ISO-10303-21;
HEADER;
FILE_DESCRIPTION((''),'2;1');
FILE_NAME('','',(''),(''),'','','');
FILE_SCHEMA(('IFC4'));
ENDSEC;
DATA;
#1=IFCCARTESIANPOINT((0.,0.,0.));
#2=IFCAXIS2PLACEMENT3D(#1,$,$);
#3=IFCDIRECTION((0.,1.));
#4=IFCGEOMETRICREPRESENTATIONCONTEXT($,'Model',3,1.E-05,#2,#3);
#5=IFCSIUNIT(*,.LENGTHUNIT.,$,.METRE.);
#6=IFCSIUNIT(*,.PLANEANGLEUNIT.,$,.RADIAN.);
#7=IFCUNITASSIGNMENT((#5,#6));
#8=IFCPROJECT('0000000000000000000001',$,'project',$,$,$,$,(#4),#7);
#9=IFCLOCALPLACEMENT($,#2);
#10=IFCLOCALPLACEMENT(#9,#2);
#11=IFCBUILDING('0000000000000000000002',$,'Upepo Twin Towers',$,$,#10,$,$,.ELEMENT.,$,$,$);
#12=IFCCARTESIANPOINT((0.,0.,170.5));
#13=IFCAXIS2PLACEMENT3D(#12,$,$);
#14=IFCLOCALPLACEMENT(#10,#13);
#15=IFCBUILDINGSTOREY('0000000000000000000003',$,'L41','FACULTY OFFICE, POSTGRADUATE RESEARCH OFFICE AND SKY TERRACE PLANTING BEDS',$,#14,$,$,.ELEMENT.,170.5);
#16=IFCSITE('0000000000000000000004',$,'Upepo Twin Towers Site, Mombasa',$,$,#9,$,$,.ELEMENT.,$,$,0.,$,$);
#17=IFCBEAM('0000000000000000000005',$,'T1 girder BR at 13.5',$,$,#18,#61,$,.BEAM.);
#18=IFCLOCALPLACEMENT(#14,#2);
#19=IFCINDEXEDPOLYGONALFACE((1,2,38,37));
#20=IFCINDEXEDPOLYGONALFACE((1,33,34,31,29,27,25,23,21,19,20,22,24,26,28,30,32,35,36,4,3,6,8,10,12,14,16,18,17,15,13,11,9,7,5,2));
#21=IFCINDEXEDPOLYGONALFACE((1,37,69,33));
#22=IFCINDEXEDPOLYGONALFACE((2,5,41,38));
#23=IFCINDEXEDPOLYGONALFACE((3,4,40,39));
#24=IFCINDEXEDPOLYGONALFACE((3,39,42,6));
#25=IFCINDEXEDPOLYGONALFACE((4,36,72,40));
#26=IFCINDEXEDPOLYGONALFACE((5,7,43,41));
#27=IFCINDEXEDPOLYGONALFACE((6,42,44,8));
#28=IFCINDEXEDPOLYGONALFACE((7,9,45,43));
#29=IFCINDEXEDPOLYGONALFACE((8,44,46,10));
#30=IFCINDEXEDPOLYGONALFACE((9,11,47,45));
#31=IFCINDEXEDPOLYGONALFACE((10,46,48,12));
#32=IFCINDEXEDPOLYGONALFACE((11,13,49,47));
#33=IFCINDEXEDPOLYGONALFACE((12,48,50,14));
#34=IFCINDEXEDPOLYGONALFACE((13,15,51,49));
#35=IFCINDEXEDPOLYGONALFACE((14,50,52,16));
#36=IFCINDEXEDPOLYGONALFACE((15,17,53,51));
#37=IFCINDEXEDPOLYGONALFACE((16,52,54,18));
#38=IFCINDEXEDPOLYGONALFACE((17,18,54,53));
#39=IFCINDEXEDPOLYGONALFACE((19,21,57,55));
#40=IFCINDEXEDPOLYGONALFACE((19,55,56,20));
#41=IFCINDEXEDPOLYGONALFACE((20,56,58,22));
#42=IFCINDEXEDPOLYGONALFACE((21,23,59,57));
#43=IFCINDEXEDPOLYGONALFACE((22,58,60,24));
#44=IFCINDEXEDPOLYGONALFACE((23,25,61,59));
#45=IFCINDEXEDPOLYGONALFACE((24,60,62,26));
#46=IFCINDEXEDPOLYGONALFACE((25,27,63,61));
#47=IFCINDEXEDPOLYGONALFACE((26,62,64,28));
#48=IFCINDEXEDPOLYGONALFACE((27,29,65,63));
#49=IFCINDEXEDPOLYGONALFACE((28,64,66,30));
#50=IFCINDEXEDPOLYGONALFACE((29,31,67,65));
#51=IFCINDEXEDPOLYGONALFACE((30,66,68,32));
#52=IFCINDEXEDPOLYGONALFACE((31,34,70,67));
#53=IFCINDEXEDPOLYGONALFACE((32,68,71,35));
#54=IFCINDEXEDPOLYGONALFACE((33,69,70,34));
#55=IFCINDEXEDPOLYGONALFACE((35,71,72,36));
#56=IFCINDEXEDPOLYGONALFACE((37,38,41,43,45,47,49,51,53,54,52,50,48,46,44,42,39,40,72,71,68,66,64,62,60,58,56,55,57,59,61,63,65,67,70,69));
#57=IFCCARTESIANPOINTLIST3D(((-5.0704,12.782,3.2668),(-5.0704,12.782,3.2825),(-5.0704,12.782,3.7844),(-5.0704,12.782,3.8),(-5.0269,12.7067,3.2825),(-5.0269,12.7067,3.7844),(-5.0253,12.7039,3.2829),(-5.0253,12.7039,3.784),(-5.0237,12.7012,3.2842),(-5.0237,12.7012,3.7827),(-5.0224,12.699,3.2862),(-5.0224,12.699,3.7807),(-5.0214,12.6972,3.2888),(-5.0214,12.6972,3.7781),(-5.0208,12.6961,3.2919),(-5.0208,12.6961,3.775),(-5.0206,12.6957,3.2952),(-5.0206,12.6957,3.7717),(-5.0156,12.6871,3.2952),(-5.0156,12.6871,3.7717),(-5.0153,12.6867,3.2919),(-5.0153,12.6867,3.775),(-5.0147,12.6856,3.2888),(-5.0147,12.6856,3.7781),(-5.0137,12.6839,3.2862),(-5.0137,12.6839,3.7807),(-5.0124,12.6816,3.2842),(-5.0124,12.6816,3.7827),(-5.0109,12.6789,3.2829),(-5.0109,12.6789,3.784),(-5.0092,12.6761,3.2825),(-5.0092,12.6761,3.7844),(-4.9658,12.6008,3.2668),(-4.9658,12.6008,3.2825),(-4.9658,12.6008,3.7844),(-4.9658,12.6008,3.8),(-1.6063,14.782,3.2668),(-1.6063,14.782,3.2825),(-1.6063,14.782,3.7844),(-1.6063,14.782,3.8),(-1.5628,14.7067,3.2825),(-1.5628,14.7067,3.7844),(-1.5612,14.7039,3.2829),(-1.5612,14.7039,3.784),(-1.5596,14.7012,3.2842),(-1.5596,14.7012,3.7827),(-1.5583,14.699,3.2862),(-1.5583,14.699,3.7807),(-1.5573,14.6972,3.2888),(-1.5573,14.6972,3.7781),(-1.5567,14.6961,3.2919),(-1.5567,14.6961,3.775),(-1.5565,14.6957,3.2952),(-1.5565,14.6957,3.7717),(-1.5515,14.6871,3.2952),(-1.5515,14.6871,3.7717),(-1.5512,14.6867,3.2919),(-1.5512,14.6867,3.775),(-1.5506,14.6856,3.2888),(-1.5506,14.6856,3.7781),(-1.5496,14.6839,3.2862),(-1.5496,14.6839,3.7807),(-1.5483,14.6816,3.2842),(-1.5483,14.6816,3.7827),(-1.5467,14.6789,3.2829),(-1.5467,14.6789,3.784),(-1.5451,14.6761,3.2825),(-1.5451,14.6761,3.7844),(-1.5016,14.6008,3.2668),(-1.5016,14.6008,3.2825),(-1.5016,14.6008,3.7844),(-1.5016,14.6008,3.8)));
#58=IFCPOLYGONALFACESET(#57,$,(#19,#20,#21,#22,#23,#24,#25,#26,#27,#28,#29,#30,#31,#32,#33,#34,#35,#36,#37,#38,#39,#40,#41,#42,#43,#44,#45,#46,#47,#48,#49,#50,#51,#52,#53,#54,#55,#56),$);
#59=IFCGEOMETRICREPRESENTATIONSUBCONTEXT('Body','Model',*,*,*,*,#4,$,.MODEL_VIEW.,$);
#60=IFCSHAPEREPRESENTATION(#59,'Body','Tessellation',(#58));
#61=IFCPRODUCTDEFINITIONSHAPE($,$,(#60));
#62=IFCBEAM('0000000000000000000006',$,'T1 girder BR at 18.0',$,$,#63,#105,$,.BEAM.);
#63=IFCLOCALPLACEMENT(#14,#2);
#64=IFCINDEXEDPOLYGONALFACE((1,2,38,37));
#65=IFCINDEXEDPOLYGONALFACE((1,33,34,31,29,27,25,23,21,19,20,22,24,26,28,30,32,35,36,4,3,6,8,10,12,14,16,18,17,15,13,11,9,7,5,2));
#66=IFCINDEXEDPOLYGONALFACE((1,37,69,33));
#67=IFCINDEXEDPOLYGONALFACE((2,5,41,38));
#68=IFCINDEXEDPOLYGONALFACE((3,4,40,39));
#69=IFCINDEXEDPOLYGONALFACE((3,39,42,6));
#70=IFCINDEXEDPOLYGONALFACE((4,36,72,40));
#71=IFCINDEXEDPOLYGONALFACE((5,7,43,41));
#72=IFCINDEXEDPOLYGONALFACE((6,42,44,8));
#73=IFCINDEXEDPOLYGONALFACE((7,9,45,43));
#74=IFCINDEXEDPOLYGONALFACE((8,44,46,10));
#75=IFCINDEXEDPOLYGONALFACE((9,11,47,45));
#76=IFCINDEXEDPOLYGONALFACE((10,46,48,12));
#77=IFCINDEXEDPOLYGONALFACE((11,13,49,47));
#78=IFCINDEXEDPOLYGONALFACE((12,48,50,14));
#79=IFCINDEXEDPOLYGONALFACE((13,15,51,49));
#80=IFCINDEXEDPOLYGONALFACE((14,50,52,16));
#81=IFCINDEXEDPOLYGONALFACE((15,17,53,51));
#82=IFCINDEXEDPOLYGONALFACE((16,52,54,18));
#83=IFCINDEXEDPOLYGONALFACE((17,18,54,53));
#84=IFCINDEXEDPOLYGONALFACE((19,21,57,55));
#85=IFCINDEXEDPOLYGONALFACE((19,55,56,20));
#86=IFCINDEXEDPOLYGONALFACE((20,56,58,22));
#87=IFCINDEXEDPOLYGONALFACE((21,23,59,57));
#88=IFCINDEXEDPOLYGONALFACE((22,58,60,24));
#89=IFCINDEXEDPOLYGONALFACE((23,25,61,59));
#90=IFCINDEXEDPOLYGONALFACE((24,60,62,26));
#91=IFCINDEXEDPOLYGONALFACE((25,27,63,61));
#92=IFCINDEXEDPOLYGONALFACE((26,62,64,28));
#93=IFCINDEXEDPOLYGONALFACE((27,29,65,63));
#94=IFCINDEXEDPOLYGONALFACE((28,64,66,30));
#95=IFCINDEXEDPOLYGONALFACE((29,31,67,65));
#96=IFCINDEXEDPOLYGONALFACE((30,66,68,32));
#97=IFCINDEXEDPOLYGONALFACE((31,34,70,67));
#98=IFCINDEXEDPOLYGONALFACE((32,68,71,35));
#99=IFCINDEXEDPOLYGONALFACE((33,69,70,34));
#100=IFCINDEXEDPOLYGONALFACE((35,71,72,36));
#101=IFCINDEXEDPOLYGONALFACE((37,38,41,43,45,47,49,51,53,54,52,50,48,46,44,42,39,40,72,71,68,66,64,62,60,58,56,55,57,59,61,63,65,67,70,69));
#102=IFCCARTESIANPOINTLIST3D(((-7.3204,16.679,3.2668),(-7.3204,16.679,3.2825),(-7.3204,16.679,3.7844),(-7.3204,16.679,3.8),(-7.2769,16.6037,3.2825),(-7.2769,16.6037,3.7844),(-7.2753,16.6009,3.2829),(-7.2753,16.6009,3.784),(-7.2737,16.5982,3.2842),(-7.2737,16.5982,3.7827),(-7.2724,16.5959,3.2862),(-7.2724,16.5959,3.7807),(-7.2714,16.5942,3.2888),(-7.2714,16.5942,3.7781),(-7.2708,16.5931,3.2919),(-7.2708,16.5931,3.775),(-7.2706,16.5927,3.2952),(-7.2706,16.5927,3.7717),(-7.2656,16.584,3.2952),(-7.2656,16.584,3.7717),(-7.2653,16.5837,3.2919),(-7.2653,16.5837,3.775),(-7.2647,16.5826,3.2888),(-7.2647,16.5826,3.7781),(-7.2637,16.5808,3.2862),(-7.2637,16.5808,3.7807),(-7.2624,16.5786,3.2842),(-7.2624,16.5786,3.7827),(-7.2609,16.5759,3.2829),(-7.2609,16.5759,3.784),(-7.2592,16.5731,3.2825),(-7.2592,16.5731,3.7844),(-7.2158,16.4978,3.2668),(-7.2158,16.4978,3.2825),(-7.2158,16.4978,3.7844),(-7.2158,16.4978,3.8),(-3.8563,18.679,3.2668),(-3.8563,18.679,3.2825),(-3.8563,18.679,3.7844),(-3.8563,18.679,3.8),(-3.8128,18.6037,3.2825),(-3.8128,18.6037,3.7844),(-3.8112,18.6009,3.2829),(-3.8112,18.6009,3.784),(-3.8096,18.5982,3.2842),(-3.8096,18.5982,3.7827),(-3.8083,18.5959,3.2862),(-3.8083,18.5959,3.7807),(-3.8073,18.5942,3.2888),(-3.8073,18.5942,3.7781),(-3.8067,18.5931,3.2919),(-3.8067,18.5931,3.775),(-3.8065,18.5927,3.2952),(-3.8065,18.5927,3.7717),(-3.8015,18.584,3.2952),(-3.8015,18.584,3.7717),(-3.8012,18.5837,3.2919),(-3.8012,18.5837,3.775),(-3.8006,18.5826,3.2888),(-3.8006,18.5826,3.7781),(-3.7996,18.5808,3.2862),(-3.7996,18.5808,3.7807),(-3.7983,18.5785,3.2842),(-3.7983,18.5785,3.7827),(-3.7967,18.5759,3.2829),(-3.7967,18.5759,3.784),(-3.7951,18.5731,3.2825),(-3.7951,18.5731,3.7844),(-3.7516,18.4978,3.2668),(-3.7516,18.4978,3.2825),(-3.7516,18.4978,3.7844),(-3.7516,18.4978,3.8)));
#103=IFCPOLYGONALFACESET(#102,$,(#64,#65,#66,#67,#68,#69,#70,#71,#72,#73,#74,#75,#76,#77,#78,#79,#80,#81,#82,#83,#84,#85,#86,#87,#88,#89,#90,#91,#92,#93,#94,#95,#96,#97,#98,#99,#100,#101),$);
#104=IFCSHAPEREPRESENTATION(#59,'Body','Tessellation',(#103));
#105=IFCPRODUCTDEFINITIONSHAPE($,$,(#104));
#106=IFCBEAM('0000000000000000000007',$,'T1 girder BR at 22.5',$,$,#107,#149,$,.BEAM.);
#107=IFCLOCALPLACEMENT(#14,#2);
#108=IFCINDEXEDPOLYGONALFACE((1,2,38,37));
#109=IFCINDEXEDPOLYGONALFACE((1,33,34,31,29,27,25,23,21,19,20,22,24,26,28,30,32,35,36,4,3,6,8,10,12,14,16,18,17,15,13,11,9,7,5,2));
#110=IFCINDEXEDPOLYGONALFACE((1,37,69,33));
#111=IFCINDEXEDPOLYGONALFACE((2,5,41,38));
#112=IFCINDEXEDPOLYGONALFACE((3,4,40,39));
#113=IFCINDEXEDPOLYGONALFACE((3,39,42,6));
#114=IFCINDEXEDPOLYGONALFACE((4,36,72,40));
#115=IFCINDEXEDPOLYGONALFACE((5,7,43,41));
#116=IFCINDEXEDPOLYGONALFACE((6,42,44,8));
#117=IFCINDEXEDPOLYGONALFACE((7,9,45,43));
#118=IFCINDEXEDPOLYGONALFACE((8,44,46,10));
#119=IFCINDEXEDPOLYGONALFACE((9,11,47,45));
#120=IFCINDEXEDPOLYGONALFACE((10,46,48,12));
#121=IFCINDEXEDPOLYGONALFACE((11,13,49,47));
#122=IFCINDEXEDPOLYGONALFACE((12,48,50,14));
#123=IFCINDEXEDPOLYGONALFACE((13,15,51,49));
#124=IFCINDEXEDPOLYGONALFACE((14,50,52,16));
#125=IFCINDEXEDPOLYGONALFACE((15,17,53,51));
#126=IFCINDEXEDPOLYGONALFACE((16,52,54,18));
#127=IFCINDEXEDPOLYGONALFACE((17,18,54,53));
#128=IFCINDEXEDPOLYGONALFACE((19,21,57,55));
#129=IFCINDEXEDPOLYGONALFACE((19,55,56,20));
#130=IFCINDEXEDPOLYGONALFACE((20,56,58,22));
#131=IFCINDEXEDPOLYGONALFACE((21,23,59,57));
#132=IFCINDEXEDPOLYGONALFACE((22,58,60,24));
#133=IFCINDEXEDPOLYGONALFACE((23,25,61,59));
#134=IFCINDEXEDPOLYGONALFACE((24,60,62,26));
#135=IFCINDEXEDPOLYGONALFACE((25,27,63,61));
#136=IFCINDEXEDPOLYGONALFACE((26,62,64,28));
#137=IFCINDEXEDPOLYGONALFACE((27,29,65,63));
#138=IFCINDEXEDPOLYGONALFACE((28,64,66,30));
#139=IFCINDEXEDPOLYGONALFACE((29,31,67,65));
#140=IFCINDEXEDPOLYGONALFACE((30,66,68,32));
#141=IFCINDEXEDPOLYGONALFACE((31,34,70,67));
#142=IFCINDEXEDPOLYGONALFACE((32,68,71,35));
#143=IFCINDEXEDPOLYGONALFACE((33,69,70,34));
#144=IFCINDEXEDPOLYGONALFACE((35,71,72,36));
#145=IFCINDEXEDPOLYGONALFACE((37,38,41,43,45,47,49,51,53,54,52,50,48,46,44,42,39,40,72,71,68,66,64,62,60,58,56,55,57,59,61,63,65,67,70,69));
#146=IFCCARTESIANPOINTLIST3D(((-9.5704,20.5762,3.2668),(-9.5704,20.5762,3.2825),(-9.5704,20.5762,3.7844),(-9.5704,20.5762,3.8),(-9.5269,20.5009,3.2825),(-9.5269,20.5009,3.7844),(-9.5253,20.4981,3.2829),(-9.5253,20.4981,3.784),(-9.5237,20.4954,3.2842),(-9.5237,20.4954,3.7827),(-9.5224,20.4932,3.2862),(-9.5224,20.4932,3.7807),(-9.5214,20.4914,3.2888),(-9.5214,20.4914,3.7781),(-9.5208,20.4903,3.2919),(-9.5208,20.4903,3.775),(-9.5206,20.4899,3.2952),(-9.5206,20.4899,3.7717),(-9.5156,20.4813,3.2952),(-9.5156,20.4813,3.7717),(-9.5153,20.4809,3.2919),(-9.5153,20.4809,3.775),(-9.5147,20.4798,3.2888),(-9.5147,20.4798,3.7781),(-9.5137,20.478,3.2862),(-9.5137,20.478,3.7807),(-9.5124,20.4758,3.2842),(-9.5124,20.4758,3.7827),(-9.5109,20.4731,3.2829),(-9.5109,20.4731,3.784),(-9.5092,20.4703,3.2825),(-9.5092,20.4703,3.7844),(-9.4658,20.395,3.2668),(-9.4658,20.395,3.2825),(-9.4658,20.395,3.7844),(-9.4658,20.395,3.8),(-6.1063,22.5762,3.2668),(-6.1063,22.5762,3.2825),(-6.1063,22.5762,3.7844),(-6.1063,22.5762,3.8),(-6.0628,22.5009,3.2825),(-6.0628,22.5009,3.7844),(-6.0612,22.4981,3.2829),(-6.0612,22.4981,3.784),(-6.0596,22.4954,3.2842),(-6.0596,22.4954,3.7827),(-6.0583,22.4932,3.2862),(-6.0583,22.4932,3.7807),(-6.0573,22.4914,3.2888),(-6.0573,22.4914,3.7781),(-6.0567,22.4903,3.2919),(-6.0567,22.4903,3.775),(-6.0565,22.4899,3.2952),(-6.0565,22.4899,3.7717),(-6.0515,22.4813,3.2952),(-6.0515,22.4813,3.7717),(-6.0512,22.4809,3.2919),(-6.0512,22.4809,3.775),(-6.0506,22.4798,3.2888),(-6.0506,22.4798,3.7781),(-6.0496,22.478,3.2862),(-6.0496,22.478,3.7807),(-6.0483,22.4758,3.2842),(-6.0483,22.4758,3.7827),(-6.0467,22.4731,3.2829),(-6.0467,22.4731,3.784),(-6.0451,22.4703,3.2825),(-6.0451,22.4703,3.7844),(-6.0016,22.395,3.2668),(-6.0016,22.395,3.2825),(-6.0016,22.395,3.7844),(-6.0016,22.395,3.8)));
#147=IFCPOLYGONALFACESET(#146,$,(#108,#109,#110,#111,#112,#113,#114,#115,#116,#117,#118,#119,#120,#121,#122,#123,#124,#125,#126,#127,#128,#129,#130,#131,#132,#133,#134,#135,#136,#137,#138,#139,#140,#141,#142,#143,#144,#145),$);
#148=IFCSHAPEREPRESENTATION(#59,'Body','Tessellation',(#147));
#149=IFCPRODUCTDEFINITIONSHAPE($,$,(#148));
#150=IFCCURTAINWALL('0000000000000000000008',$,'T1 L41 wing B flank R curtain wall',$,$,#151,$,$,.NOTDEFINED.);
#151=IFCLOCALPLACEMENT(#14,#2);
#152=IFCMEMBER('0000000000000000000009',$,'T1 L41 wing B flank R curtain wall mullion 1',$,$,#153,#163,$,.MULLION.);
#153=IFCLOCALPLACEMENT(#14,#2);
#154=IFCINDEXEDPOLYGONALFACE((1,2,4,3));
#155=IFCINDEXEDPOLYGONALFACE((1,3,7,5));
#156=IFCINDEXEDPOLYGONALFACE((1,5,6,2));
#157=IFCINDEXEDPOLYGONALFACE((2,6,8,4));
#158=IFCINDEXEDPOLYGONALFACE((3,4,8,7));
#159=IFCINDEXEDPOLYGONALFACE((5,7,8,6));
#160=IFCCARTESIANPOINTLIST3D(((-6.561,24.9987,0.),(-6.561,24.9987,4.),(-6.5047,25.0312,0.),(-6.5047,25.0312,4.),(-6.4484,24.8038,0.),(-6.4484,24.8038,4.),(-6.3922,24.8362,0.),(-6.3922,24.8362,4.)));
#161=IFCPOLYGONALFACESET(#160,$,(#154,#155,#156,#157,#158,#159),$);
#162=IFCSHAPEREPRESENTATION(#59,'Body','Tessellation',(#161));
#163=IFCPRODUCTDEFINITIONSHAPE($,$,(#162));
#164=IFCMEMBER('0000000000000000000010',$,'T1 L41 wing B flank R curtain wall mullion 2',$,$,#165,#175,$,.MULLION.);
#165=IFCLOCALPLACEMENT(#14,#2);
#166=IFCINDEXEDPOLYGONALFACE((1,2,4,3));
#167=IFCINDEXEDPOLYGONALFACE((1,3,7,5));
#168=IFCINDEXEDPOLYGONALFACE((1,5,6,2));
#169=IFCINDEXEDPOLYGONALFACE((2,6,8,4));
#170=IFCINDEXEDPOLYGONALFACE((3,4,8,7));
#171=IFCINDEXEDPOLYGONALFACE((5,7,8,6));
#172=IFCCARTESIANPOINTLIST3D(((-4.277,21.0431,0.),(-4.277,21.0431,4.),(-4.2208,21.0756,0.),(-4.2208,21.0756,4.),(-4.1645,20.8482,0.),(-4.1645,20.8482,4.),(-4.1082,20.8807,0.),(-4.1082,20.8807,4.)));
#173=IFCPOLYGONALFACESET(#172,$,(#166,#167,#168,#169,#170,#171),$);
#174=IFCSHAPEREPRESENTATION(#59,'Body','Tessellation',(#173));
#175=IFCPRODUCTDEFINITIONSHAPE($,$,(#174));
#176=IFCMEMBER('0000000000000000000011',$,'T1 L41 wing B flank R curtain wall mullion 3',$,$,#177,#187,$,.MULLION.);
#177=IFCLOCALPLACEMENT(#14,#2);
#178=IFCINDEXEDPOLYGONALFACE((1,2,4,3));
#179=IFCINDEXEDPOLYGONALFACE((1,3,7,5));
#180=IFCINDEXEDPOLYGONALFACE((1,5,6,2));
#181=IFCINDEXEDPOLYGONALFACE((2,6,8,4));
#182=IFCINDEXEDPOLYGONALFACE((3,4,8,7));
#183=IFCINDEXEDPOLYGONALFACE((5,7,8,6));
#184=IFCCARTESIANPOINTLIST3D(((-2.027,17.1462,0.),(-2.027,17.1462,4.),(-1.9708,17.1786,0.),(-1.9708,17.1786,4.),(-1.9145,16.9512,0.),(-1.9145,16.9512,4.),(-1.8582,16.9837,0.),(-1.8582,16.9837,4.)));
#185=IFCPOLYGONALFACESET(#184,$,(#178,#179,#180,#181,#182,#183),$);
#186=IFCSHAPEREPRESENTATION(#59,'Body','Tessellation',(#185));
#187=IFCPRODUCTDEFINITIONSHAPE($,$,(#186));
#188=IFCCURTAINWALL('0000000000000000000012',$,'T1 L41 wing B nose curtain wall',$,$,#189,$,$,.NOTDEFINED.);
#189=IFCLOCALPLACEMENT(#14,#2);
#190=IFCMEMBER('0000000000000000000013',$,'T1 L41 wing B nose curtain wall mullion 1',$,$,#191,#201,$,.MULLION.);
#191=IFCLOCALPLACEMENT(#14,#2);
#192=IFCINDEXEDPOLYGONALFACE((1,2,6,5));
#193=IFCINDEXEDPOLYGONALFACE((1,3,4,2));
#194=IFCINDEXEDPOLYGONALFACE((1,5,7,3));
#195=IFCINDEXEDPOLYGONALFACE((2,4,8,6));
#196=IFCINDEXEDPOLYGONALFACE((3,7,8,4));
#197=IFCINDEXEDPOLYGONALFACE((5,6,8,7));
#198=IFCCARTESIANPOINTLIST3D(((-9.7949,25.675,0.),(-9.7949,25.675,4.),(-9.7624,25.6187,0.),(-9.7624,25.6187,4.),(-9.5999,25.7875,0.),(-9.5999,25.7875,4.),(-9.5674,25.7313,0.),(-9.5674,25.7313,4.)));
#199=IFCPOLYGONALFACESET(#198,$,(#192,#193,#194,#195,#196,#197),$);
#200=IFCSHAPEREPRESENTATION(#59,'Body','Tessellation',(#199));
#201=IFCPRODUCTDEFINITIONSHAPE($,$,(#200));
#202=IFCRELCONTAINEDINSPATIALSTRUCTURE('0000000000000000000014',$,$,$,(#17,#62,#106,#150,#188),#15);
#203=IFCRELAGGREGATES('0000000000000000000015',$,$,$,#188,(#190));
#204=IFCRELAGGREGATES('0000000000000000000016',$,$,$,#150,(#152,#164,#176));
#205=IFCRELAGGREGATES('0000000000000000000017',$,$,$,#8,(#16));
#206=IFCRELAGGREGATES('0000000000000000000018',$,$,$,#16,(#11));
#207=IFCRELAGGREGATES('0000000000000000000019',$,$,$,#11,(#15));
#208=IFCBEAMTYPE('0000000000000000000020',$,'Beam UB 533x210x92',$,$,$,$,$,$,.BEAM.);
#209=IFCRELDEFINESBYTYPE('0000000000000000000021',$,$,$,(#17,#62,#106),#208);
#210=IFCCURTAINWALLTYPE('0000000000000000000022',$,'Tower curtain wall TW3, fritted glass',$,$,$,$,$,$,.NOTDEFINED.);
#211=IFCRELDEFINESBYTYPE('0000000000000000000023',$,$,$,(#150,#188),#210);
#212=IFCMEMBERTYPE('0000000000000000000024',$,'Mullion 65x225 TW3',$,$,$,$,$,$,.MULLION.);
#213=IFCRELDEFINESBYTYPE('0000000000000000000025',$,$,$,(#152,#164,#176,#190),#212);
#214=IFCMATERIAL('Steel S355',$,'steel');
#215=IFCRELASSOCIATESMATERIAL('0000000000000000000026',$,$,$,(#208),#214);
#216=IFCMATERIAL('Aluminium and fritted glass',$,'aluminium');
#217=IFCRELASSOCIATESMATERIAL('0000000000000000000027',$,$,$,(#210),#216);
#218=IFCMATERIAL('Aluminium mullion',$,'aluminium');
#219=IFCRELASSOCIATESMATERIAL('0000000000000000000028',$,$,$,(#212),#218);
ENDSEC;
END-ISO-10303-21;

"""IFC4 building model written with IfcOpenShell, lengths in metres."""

from ifc_helpers import new_model, si_unit, direction, frame, origin, origin_2d, place, context, subcontext, project, spatial, rectangle, i_section, extrude, material, material_profile, profile_set, type_object, element, aggregate, save


model = new_model("IFC4")

# Units and contexts
model_context = context("Model", 3, precision=1e-05, world=origin(), true_north=direction((0.0, 1.0)))
body_context = subcontext(model_context, "Body", "Model", "MODEL_VIEW")
ifc_project = project(units=[si_unit("LENGTHUNIT", "METRE"), si_unit("PLANEANGLEUNIT", "RADIAN")], contexts=[model_context])

# Site, building, storey
site_placement = place(None, origin())
site = spatial("IfcSite", under=ifc_project, at=site_placement, Name="Upepo Twin Towers Site, Mombasa", CompositionType="ELEMENT", RefElevation=0.0)
building_placement = place(site_placement, origin())
building = spatial("IfcBuilding", under=site, at=building_placement, Name="Upepo Twin Towers", CompositionType="ELEMENT")
storey_placement = place(building_placement, frame((0.0, 0.0, 170.5)))
storey = spatial("IfcBuildingStorey", under=building, at=storey_placement, Name="L41", Description="FACULTY OFFICE, POSTGRADUATE RESEARCH OFFICE AND SKY TERRACE PLANTING BEDS", CompositionType="ELEMENT", Elevation=170.5)

# Beams
ifc_material_1 = material(Name="Steel S355", Category="steel")
ifc_material_profile_1 = material_profile(ifc_material_1, i_section(OverallWidth=0.2092, OverallDepth=0.5332, WebThickness=0.01, FlangeThickness=0.0156, FilletRadius=0.0127, at=origin_2d()), Name="UB 533x210x92")
ifc_profile_set_1 = profile_set([ifc_material_profile_1], Name="Steel S355")
beam_type_1 = type_object("IfcBeamType", Name="Beam UB 533x210x92", PredefinedType="BEAM", material=ifc_profile_set_1)
for number, where, z_axis, x_axis, name in (
    (1, (-1.554, 14.6914, 3.5334), (-0.866026, -0.499999, 0.0), (0.499999, -0.866026, 0.0), "T1 girder BR at 13.5"),
    (2, (-3.804, 18.5884, 3.5334), (-0.866026, -0.499999, 0.0), (0.499999, -0.866026, 0.0), "T1 girder BR at 18.0"),
    (3, (-6.054, 22.4856, 3.5334), (-0.866026, -0.499999, 0.0), (0.499999, -0.866026, 0.0), "T1 girder BR at 22.5"),
):
    element("IfcBeam", number, at=place(storey_placement, frame(where, z_axis=z_axis, x_axis=x_axis)), inside=storey, type_object=beam_type_1, Name=name, PredefinedType="BEAM", context=body_context, shape_type="SweptSolid", body=[
        extrude(i_section(OverallWidth=0.2092, OverallDepth=0.5332, WebThickness=0.01, FlangeThickness=0.0156, FilletRadius=0.0127, at=origin_2d()), origin(), (0.0, 0.0, 1.0), 4.0),
    ])

# Curtain wall, members
ifc_material_2 = material(Name="Aluminium and fritted glass", Category="aluminium")
curtain_wall_type = type_object("IfcCurtainWallType", Name="Tower curtain wall TW3, fritted glass", PredefinedType="NOTDEFINED", material=ifc_material_2)
curtain_wall_1_placement = place(storey_placement, origin())
curtain_wall_1 = element("IfcCurtainWall", 4, at=curtain_wall_1_placement, inside=storey, type_object=curtain_wall_type, Name="T1 L41 wing B flank R curtain wall", PredefinedType="NOTDEFINED")
ifc_material_3 = material(Name="Aluminium mullion", Category="aluminium")
ifc_material_profile_2 = material_profile(ifc_material_3, rectangle(XDim=0.0649, YDim=0.2251, at=origin_2d()), Name="MULLION 65x225")
ifc_profile_set_2 = profile_set([ifc_material_profile_2], Name="Aluminium mullion")
member_type_1 = type_object("IfcMemberType", Name="Mullion 65x225 TW3", PredefinedType="MULLION", material=ifc_profile_set_2)
member_1_placement = place(storey_placement, frame((-6.4766, 24.9175, 0.0), z_axis=(0.0, 0.0, 1.0), x_axis=(0.866025, 0.5, 0.0)))
member_1 = element("IfcMember", 5, at=member_1_placement, type_object=member_type_1, Name="T1 L41 wing B flank R curtain wall mullion 1", PredefinedType="MULLION", context=body_context, shape_type="SweptSolid", body=[
    extrude(rectangle(XDim=0.0649, YDim=0.2251, at=origin_2d()), origin(), (0.0, 0.0, 1.0), 4.0),
])
member_2_placement = place(storey_placement, frame((-4.1926, 20.9619, 0.0), z_axis=(0.0, 0.0, 1.0), x_axis=(0.866025, 0.5, 0.0)))
member_2 = element("IfcMember", 6, at=member_2_placement, type_object=member_type_1, Name="T1 L41 wing B flank R curtain wall mullion 2", PredefinedType="MULLION", context=body_context, shape_type="SweptSolid", body=[
    extrude(rectangle(XDim=0.0649, YDim=0.2251, at=origin_2d()), origin(), (0.0, 0.0, 1.0), 4.0),
])
member_3_placement = place(storey_placement, frame((-1.9426, 17.0649, 0.0), z_axis=(0.0, 0.0, 1.0), x_axis=(0.866025, 0.5, 0.0)))
member_3 = element("IfcMember", 7, at=member_3_placement, type_object=member_type_1, Name="T1 L41 wing B flank R curtain wall mullion 3", PredefinedType="MULLION", context=body_context, shape_type="SweptSolid", body=[
    extrude(rectangle(XDim=0.0649, YDim=0.2251, at=origin_2d()), origin(), (0.0, 0.0, 1.0), 4.0),
])

# Curtain wall, member
curtain_wall_2_placement = place(storey_placement, origin())
curtain_wall_2 = element("IfcCurtainWall", 8, at=curtain_wall_2_placement, inside=storey, type_object=curtain_wall_type, Name="T1 L41 wing B nose curtain wall", PredefinedType="NOTDEFINED")
member_4_placement = place(storey_placement, frame((-9.6812, 25.7031, 0.0), z_axis=(0.0, 0.0, 1.0), x_axis=(0.5, -0.866025, 0.0)))
member_4 = element("IfcMember", 9, at=member_4_placement, type_object=member_type_1, Name="T1 L41 wing B nose curtain wall mullion 1", PredefinedType="MULLION", context=body_context, shape_type="SweptSolid", body=[
    extrude(rectangle(XDim=0.0649, YDim=0.2251, at=origin_2d()), origin(), (0.0, 0.0, 1.0), 4.0),
])

aggregate(curtain_wall_2, [member_4])

aggregate(curtain_wall_1, [member_1, member_2, member_3])

save(model, "model.ifc")
